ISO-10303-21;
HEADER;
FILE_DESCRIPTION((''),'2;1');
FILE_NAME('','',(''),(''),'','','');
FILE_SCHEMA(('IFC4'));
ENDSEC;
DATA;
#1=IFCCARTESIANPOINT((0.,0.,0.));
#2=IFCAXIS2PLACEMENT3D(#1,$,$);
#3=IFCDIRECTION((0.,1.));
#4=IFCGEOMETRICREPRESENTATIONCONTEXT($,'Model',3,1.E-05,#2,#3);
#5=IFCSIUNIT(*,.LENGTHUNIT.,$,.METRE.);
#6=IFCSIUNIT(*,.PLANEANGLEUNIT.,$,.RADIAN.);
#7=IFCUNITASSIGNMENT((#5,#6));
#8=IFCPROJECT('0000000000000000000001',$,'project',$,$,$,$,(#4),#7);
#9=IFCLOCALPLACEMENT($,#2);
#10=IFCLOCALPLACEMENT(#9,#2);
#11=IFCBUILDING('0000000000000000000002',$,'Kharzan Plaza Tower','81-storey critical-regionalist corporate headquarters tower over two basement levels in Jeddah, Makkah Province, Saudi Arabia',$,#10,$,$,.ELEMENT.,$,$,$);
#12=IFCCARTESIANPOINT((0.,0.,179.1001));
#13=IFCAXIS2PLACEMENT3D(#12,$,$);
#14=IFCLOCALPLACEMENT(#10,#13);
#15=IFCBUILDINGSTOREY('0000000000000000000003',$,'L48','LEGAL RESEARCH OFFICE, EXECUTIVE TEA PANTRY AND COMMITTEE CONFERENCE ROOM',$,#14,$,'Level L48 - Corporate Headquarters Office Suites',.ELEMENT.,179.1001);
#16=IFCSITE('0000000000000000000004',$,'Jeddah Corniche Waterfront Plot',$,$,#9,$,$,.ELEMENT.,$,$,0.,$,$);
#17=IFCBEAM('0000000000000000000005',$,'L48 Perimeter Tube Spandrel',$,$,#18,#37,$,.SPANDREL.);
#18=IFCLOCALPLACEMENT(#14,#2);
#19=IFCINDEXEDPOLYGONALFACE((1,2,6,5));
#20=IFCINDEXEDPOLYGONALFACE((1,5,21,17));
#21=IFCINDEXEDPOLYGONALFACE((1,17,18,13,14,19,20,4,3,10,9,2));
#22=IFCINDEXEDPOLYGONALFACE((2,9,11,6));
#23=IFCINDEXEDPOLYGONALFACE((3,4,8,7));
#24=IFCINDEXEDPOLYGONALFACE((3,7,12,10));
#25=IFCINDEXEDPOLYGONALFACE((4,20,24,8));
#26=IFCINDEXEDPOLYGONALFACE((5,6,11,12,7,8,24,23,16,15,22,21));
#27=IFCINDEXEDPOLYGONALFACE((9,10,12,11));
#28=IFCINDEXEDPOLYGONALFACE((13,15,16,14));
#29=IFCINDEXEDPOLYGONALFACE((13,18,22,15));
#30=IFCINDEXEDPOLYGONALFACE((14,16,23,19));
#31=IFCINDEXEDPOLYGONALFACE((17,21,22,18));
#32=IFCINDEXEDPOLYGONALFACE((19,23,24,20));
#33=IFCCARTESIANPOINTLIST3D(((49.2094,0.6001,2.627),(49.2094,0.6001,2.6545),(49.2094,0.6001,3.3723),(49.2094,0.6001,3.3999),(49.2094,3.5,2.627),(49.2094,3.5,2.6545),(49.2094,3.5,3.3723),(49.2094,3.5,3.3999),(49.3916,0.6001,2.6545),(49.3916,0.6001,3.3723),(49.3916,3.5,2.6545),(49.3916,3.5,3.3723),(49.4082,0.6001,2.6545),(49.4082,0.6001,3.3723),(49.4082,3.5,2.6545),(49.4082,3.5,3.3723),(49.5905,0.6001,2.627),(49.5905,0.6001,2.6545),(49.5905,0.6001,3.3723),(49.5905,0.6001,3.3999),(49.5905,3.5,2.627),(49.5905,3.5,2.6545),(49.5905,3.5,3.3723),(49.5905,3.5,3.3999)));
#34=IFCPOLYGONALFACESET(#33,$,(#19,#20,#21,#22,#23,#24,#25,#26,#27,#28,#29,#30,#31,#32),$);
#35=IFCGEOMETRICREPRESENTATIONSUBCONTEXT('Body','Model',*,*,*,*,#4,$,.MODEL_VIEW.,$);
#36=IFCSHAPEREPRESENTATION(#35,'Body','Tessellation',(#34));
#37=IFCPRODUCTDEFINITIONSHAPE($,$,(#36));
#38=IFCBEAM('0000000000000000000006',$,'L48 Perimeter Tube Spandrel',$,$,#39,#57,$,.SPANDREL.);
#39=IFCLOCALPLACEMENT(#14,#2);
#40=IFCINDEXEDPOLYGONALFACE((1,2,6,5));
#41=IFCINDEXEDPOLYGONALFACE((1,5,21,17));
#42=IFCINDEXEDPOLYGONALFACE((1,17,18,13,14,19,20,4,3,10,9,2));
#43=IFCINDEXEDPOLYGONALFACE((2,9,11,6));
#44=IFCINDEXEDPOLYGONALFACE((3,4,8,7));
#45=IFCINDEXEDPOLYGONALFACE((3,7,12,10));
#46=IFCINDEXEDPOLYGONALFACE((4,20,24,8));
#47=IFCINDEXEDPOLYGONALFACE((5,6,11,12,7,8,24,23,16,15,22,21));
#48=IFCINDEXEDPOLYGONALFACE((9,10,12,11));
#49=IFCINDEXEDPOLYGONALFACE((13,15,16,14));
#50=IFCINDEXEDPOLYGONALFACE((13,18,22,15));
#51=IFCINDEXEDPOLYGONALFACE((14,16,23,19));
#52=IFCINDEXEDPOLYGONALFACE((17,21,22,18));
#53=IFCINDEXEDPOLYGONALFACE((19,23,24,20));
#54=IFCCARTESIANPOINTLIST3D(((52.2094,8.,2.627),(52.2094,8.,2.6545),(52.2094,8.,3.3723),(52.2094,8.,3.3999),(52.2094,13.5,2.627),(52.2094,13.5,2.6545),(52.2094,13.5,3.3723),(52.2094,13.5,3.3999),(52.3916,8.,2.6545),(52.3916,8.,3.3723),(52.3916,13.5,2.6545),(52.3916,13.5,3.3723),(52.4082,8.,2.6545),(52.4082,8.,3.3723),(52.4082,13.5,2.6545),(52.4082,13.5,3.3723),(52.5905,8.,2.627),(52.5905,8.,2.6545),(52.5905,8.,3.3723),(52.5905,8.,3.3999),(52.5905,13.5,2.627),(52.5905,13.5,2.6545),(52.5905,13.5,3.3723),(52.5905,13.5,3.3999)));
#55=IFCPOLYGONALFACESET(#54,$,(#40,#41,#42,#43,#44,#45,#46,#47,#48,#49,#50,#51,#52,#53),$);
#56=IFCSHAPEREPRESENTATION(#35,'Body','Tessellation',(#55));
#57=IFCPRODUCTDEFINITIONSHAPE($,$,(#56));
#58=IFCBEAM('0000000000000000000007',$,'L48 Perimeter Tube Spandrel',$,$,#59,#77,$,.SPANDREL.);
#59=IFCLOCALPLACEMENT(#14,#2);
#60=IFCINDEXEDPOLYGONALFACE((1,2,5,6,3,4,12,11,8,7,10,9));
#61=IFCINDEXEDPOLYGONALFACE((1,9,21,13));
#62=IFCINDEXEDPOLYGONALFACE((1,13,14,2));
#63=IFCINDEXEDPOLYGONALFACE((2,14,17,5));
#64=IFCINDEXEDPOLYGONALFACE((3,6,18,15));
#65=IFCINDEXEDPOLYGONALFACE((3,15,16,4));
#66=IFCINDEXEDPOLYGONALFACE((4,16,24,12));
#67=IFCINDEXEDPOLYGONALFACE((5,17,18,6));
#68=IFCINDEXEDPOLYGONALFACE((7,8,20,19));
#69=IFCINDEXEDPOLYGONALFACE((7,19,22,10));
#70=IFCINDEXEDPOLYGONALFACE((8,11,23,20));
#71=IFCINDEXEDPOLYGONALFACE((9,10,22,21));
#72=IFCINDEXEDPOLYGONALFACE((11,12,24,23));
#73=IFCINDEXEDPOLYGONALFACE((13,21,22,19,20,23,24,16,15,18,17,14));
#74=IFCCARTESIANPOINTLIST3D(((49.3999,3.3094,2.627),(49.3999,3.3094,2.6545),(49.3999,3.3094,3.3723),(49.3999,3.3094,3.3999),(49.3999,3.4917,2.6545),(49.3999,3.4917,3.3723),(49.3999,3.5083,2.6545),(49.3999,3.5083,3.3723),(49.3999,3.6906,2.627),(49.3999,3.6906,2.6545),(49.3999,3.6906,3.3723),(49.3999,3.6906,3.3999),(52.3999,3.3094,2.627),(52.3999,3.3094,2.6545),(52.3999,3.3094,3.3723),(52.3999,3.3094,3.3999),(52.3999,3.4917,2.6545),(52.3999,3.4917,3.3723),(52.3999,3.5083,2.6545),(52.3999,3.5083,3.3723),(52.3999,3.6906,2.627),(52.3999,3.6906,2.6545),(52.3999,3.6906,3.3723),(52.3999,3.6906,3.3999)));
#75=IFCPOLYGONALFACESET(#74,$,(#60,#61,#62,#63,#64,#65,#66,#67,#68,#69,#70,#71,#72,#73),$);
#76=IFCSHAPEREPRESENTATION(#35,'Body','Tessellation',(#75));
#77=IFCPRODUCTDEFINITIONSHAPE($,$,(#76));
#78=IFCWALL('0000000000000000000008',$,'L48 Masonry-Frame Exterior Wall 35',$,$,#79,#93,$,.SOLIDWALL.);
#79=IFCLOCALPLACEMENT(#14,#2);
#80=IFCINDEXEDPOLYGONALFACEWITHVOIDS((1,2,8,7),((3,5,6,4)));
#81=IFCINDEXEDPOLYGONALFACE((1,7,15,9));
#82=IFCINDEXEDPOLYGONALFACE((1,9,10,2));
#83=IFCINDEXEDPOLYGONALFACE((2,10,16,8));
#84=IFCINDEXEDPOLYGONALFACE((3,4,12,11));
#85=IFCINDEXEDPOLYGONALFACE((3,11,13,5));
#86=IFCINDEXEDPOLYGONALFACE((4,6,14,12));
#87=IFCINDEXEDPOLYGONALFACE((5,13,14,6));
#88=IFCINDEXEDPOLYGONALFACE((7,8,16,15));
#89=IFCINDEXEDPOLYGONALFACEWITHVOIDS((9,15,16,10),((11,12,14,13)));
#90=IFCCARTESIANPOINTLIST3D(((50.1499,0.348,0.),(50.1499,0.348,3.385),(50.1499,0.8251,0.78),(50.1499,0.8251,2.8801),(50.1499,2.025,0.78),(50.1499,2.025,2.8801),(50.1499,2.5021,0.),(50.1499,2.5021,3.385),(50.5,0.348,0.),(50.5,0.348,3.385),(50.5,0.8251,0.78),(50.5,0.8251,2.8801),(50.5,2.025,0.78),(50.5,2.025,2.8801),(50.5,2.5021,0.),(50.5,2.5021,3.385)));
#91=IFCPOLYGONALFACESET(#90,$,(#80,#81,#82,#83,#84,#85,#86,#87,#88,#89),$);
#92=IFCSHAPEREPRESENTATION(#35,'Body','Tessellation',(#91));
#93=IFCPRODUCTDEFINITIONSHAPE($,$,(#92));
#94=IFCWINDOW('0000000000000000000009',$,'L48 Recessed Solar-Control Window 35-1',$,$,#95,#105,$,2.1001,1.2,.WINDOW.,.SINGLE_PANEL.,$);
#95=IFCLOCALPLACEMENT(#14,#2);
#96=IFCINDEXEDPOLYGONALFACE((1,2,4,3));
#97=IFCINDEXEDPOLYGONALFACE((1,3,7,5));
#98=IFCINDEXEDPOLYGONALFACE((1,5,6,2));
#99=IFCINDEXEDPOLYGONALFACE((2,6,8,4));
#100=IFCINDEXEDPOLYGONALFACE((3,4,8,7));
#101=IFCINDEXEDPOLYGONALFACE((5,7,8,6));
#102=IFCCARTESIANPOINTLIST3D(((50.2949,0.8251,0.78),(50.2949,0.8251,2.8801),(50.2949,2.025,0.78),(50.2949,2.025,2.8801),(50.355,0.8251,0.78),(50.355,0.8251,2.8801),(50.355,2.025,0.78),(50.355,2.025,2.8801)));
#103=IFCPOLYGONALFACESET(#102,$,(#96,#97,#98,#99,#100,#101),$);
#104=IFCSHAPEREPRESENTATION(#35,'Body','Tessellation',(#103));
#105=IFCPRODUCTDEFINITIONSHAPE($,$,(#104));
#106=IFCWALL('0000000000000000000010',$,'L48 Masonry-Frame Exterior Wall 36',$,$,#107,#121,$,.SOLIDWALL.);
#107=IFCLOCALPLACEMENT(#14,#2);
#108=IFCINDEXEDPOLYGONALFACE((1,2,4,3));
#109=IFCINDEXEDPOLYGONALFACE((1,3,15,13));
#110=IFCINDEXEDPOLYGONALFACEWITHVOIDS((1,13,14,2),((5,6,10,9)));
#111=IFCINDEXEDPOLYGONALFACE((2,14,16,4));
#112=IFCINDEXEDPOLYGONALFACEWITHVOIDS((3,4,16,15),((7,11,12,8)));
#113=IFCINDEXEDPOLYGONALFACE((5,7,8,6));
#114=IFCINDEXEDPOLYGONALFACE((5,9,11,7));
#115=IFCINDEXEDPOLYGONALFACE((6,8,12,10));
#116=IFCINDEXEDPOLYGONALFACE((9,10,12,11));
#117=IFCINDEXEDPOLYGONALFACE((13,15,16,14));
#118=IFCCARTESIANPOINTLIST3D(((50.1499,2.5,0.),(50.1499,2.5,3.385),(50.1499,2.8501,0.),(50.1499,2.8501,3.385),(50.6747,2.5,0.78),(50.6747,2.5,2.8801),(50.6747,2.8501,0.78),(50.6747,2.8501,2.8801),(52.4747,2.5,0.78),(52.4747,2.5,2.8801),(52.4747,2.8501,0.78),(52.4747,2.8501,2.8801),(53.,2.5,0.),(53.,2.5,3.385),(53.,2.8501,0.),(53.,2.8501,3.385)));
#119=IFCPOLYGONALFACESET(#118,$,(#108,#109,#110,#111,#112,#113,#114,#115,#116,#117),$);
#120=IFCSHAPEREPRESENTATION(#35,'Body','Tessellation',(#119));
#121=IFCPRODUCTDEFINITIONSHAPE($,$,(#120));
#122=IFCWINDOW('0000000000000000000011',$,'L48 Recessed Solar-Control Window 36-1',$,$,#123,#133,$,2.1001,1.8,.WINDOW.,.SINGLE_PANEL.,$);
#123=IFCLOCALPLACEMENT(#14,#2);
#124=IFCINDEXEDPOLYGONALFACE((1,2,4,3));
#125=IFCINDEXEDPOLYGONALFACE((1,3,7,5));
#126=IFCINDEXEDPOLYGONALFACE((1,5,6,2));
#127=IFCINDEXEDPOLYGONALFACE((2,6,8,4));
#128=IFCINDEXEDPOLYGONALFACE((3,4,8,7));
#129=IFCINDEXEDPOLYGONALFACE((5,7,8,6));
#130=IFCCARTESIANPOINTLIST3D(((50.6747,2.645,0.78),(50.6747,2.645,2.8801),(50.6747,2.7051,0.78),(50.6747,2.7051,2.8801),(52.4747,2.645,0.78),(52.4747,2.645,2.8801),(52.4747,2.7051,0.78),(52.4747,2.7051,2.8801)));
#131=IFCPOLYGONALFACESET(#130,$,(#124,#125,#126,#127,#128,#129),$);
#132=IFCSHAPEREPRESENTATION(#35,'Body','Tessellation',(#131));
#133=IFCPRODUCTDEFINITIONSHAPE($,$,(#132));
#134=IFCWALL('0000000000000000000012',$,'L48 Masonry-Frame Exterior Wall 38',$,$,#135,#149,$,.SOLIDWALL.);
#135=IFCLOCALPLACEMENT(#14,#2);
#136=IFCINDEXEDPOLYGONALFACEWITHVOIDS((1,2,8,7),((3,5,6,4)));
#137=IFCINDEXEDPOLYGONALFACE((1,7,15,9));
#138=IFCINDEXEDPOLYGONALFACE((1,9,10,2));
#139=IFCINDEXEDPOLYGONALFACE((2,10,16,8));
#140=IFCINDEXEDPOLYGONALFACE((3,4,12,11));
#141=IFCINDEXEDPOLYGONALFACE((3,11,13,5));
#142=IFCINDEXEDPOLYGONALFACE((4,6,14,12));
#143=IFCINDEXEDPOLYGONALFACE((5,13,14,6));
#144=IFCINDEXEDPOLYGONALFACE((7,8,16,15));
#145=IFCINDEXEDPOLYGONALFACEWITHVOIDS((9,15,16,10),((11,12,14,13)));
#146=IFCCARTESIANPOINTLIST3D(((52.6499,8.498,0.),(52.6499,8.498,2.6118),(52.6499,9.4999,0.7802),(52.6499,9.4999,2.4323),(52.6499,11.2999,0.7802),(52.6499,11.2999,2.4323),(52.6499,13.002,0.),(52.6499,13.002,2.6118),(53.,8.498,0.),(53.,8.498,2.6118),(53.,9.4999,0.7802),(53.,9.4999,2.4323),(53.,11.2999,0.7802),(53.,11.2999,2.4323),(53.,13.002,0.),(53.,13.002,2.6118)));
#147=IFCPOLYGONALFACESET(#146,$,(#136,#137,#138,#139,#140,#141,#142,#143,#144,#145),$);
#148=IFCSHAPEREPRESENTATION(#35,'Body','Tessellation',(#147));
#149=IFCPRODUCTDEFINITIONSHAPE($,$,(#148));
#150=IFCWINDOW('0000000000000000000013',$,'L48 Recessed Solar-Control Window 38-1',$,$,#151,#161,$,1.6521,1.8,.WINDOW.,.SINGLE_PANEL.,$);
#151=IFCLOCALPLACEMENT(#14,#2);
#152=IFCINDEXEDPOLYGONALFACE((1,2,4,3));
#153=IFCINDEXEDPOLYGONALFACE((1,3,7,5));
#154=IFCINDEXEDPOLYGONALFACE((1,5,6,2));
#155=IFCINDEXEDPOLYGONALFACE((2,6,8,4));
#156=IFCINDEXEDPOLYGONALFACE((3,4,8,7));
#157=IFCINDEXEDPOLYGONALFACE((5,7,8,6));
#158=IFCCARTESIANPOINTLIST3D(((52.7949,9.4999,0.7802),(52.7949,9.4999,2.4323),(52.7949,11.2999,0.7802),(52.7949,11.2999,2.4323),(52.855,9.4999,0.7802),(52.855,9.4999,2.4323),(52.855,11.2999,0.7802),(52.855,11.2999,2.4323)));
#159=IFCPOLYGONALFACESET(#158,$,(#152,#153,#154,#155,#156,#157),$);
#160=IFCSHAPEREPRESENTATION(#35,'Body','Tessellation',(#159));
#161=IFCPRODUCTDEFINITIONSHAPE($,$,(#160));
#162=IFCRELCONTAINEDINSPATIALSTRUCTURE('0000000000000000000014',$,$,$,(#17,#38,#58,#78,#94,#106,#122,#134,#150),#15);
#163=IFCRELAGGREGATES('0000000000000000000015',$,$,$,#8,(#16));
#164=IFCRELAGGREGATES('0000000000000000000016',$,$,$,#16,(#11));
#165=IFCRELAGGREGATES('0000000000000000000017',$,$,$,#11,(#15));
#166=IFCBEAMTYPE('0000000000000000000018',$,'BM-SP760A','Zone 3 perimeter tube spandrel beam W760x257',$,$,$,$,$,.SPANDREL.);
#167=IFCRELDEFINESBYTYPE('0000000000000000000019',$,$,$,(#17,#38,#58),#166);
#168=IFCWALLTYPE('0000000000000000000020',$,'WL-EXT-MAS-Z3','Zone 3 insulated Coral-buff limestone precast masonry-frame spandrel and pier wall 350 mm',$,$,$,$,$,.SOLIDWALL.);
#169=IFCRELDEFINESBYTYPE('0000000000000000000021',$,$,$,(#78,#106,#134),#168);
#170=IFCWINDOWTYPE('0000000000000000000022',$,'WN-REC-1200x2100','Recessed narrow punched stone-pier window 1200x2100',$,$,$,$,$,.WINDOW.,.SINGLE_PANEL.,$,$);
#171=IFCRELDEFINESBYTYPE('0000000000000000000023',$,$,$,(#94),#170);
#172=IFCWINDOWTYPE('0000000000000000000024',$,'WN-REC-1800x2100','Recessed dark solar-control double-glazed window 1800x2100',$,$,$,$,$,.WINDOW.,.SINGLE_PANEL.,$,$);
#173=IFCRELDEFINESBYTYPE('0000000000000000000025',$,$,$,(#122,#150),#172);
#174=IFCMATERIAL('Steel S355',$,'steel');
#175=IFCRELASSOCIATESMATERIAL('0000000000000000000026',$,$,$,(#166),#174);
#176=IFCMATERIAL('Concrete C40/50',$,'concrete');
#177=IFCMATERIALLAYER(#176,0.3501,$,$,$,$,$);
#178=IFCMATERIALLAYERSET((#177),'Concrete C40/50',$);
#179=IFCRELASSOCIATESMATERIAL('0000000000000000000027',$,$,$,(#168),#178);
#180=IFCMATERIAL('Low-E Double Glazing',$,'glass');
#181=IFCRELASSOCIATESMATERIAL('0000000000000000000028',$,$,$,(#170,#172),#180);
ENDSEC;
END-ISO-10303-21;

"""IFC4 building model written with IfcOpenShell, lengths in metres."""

from ifc_helpers import new_model, si_unit, direction, frame, frame_2d, origin, origin_2d, place, context, subcontext, project, spatial, rectangle, i_section, extrude, source, transform, mapped, material, layer, layer_set, material_profile, profile_set, type_object, element, fill, save


model = new_model("IFC4")

# Units and contexts
model_context = context("Model", 3, precision=1e-05, world=origin(), true_north=direction((0.0, 1.0)))
body_context = subcontext(model_context, "Body", "Model", "MODEL_VIEW")
ifc_project = project(units=[si_unit("LENGTHUNIT", "METRE"), si_unit("PLANEANGLEUNIT", "RADIAN")], contexts=[model_context])

# Site, building, storey
site_placement = place(None, origin())
site = spatial("IfcSite", under=ifc_project, at=site_placement, Name="Jeddah Corniche Waterfront Plot", CompositionType="ELEMENT", RefElevation=0.0)
building_placement = place(site_placement, origin())
building = spatial("IfcBuilding", under=site, at=building_placement, Name="Kharzan Plaza Tower", Description="81-storey critical-regionalist corporate headquarters tower over two basement levels in Jeddah, Makkah Province, Saudi Arabia", CompositionType="ELEMENT")
storey_placement = place(building_placement, frame((0.0, 0.0, 179.1001)))
storey = spatial("IfcBuildingStorey", under=building, at=storey_placement, Name="L48", Description="LEGAL RESEARCH OFFICE, EXECUTIVE TEA PANTRY AND COMMITTEE CONFERENCE ROOM", LongName="Level L48 - Corporate Headquarters Office Suites", CompositionType="ELEMENT", Elevation=179.1001)

# Beams
ifc_material_1 = material(Name="Steel S355", Category="steel")
ifc_material_profile_1 = material_profile(ifc_material_1, i_section(OverallWidth=0.3811, OverallDepth=0.7729, WebThickness=0.0166, FlangeThickness=0.0276, at=origin_2d()), Name="W760x257")
ifc_profile_set_1 = profile_set([ifc_material_profile_1], Name="Steel S355")
beam_type_1 = type_object("IfcBeamType", Name="BM-SP760A", Description="Zone 3 perimeter tube spandrel beam W760x257", PredefinedType="SPANDREL", material=ifc_profile_set_1)
shared_shape_1 = source(origin(), body_context, "Body", "SweptSolid", [
    extrude(i_section(OverallWidth=0.3811, OverallDepth=0.7729, WebThickness=0.0166, FlangeThickness=0.0276, at=origin_2d()), origin(), (0.0, 0.0, 1.0), 2.8999),
])
beam_1_placement = place(storey_placement, frame((49.3999, 0.6001, 3.0134), z_axis=(0.0, 1.0, 0.0), x_axis=(-1.0, 0.0, 0.0)))
element("IfcBeam", 1, at=beam_1_placement, inside=storey, type_object=beam_type_1, Name="L48 Perimeter Tube Spandrel", PredefinedType="SPANDREL", context=body_context, shape_type="MappedRepresentation", body=[
    mapped(shared_shape_1, transform((0.0, 0.0, 0.0), x_axis=(1.0, 0.0, 0.0), y_axis=(0.0, 1.0, 0.0), z_axis=(0.0, 0.0, 1.0))),
])
shared_shape_2 = source(origin(), body_context, "Body", "SweptSolid", [
    extrude(i_section(OverallWidth=0.3811, OverallDepth=0.7729, WebThickness=0.0166, FlangeThickness=0.0276, at=origin_2d()), origin(), (0.0, 0.0, 1.0), 5.5),
])
beam_2_placement = place(storey_placement, frame((52.3999, 8.0, 3.0134), z_axis=(0.0, 1.0, 0.0), x_axis=(-1.0, 0.0, 0.0)))
element("IfcBeam", 2, at=beam_2_placement, inside=storey, type_object=beam_type_1, Name="L48 Perimeter Tube Spandrel", PredefinedType="SPANDREL", context=body_context, shape_type="MappedRepresentation", body=[
    mapped(shared_shape_2, transform((0.0, 0.0, 0.0), x_axis=(1.0, 0.0, 0.0), y_axis=(0.0, 1.0, 0.0), z_axis=(0.0, 0.0, 1.0))),
])
shared_shape_3 = source(origin(), body_context, "Body", "SweptSolid", [
    extrude(i_section(OverallWidth=0.3811, OverallDepth=0.7729, WebThickness=0.0166, FlangeThickness=0.0276, at=origin_2d()), origin(), (0.0, 0.0, 1.0), 3.0),
])
beam_3_placement = place(storey_placement, frame((49.3999, 3.5, 3.0134), z_axis=(1.0, 0.0, 0.0), x_axis=(0.0, 1.0, 0.0)))
element("IfcBeam", 3, at=beam_3_placement, inside=storey, type_object=beam_type_1, Name="L48 Perimeter Tube Spandrel", PredefinedType="SPANDREL", context=body_context, shape_type="MappedRepresentation", body=[
    mapped(shared_shape_3, transform((0.0, 0.0, 0.0), x_axis=(1.0, 0.0, 0.0), y_axis=(0.0, 1.0, 0.0), z_axis=(0.0, 0.0, 1.0))),
])

# Walls, openings, windows
ifc_material_2 = material(Name="Concrete C40/50", Category="concrete")
ifc_layer_1 = layer(ifc_material_2, 0.3501)
ifc_layer_set_1 = layer_set([ifc_layer_1], Name="Concrete C40/50")
wall_type_1 = type_object("IfcWallType", Name="WL-EXT-MAS-Z3", Description="Zone 3 insulated Coral-buff limestone precast masonry-frame spandrel and pier wall 350 mm", PredefinedType="SOLIDWALL", material=ifc_layer_set_1)
wall_1_placement = place(storey_placement, frame((50.325, 0.3479, 0.0), z_axis=(0.0, 0.0, 1.0), x_axis=(0.0, 1.0, 0.0)))
wall_1 = element("IfcWall", 4, at=wall_1_placement, inside=storey, type_object=wall_type_1, Name="L48 Masonry-Frame Exterior Wall 35", PredefinedType="SOLIDWALL", context=body_context, shape_type="SweptSolid", body=[
    extrude(rectangle(XDim=2.1541, YDim=0.3501, at=frame_2d((1.0771, 0.0))), origin(), (0.0, 0.0, 1.0), 3.385),
])
opening_1_placement = place(wall_1_placement, frame((0.4771, 0.0, 0.78)))
opening_1 = element("IfcOpeningElement", 5, at=opening_1_placement, cuts=wall_1, PredefinedType="OPENING", context=body_context, shape_type="SweptSolid", body=[
    extrude(rectangle(XDim=1.2, YDim=2.1001, at=frame_2d((0.6001, 1.05))), frame((0.0, 0.1851, 0.0), z_axis=(0.0, -1.0, 0.0), x_axis=(1.0, 0.0, 0.0)), (0.0, 0.0, 1.0), 0.3701),
])
ifc_material_3 = material(Name="Low-E Double Glazing", Category="glass")
window_type_1 = type_object("IfcWindowType", Name="WN-REC-1200x2100", Description="Recessed narrow punched stone-pier window 1200x2100", PartitioningType="SINGLE_PANEL", PredefinedType="WINDOW", material=ifc_material_3)
shared_shape_4 = source(origin(), body_context, "Body", "SweptSolid", [
    extrude(rectangle(XDim=1.2, YDim=2.1001, at=frame_2d((0.6001, 1.05))), frame((0.0, 0.03, 0.0), z_axis=(0.0, -1.0, 0.0), x_axis=(1.0, 0.0, 0.0)), (0.0, 0.0, 1.0), 0.0601),
])
window_1_placement = place(opening_1_placement, origin())
window_1 = element("IfcWindow", 6, at=window_1_placement, inside=storey, type_object=window_type_1, Name="L48 Recessed Solar-Control Window 35-1", OverallHeight=2.1001, OverallWidth=1.2, PartitioningType="SINGLE_PANEL", PredefinedType="WINDOW", context=body_context, shape_type="MappedRepresentation", body=[
    mapped(shared_shape_4, transform((0.0, 0.0, 0.0), x_axis=(1.0, 0.0, 0.0), y_axis=(0.0, 1.0, 0.0), z_axis=(0.0, 0.0, 1.0))),
])
fill(opening_1, window_1)
wall_2_placement = place(storey_placement, frame((50.1499, 2.675, 0.0), z_axis=(0.0, 0.0, 1.0), x_axis=(1.0, 0.0, 0.0)))
wall_2 = element("IfcWall", 7, at=wall_2_placement, inside=storey, type_object=wall_type_1, Name="L48 Masonry-Frame Exterior Wall 36", PredefinedType="SOLIDWALL", context=body_context, shape_type="SweptSolid", body=[
    extrude(rectangle(XDim=2.8501, YDim=0.3501, at=frame_2d((1.425, 0.0))), origin(), (0.0, 0.0, 1.0), 3.385),
])
opening_2_placement = place(wall_2_placement, frame((0.5249, 0.0, 0.78)))
opening_2 = element("IfcOpeningElement", 8, at=opening_2_placement, cuts=wall_2, PredefinedType="OPENING", context=body_context, shape_type="SweptSolid", body=[
    extrude(rectangle(XDim=1.8, YDim=2.1001, at=frame_2d((0.8999, 1.05))), frame((0.0, 0.1851, 0.0), z_axis=(0.0, -1.0, 0.0), x_axis=(1.0, 0.0, 0.0)), (0.0, 0.0, 1.0), 0.3701),
])
window_type_2 = type_object("IfcWindowType", Name="WN-REC-1800x2100", Description="Recessed dark solar-control double-glazed window 1800x2100", PartitioningType="SINGLE_PANEL", PredefinedType="WINDOW", material=ifc_material_3)
shared_shape_5 = source(origin(), body_context, "Body", "SweptSolid", [
    extrude(rectangle(XDim=1.8, YDim=2.1001, at=frame_2d((0.8999, 1.05))), frame((0.0, 0.03, 0.0), z_axis=(0.0, -1.0, 0.0), x_axis=(1.0, 0.0, 0.0)), (0.0, 0.0, 1.0), 0.0601),
])
window_2_placement = place(opening_2_placement, origin())
window_2 = element("IfcWindow", 9, at=window_2_placement, inside=storey, type_object=window_type_2, Name="L48 Recessed Solar-Control Window 36-1", OverallHeight=2.1001, OverallWidth=1.8, PartitioningType="SINGLE_PANEL", PredefinedType="WINDOW", context=body_context, shape_type="MappedRepresentation", body=[
    mapped(shared_shape_5, transform((0.0, 0.0, 0.0), x_axis=(1.0, 0.0, 0.0), y_axis=(0.0, 1.0, 0.0), z_axis=(0.0, 0.0, 1.0))),
])
fill(opening_2, window_2)
wall_3_placement = place(storey_placement, frame((52.825, 8.498, 0.0), z_axis=(0.0, 0.0, 1.0), x_axis=(0.0, 1.0, 0.0)))
wall_3 = element("IfcWall", 10, at=wall_3_placement, inside=storey, type_object=wall_type_1, Name="L48 Masonry-Frame Exterior Wall 38", PredefinedType="SOLIDWALL", context=body_context, shape_type="SweptSolid", body=[
    extrude(rectangle(XDim=4.5039, YDim=0.3501, at=frame_2d((2.252, 0.0))), origin(), (0.0, 0.0, 1.0), 2.6118),
])
opening_3_placement = place(wall_3_placement, frame((1.002, 0.0, 0.78)))
opening_3 = element("IfcOpeningElement", 11, at=opening_3_placement, cuts=wall_3, PredefinedType="OPENING", context=body_context, shape_type="SweptSolid", body=[
    extrude(rectangle(XDim=1.8, YDim=1.6521, at=frame_2d((0.8999, 0.8262))), frame((0.0, 0.1851, 0.0), z_axis=(0.0, -1.0, 0.0), x_axis=(1.0, 0.0, 0.0)), (0.0, 0.0, 1.0), 0.3701),
])
shared_shape_6 = source(origin(), body_context, "Body", "SweptSolid", [
    extrude(rectangle(XDim=1.8, YDim=1.6521, at=frame_2d((0.8999, 0.8262))), frame((0.0, 0.03, 0.0), z_axis=(0.0, -1.0, 0.0), x_axis=(1.0, 0.0, 0.0)), (0.0, 0.0, 1.0), 0.0601),
])
window_3_placement = place(opening_3_placement, origin())
window_3 = element("IfcWindow", 12, at=window_3_placement, inside=storey, type_object=window_type_2, Name="L48 Recessed Solar-Control Window 38-1", OverallHeight=1.6521, OverallWidth=1.8, PartitioningType="SINGLE_PANEL", PredefinedType="WINDOW", context=body_context, shape_type="MappedRepresentation", body=[
    mapped(shared_shape_6, transform((0.0, 0.0, 0.0), x_axis=(1.0, 0.0, 0.0), y_axis=(0.0, 1.0, 0.0), z_axis=(0.0, 0.0, 1.0))),
])
fill(opening_3, window_3)

save(model, "model.ifc")
